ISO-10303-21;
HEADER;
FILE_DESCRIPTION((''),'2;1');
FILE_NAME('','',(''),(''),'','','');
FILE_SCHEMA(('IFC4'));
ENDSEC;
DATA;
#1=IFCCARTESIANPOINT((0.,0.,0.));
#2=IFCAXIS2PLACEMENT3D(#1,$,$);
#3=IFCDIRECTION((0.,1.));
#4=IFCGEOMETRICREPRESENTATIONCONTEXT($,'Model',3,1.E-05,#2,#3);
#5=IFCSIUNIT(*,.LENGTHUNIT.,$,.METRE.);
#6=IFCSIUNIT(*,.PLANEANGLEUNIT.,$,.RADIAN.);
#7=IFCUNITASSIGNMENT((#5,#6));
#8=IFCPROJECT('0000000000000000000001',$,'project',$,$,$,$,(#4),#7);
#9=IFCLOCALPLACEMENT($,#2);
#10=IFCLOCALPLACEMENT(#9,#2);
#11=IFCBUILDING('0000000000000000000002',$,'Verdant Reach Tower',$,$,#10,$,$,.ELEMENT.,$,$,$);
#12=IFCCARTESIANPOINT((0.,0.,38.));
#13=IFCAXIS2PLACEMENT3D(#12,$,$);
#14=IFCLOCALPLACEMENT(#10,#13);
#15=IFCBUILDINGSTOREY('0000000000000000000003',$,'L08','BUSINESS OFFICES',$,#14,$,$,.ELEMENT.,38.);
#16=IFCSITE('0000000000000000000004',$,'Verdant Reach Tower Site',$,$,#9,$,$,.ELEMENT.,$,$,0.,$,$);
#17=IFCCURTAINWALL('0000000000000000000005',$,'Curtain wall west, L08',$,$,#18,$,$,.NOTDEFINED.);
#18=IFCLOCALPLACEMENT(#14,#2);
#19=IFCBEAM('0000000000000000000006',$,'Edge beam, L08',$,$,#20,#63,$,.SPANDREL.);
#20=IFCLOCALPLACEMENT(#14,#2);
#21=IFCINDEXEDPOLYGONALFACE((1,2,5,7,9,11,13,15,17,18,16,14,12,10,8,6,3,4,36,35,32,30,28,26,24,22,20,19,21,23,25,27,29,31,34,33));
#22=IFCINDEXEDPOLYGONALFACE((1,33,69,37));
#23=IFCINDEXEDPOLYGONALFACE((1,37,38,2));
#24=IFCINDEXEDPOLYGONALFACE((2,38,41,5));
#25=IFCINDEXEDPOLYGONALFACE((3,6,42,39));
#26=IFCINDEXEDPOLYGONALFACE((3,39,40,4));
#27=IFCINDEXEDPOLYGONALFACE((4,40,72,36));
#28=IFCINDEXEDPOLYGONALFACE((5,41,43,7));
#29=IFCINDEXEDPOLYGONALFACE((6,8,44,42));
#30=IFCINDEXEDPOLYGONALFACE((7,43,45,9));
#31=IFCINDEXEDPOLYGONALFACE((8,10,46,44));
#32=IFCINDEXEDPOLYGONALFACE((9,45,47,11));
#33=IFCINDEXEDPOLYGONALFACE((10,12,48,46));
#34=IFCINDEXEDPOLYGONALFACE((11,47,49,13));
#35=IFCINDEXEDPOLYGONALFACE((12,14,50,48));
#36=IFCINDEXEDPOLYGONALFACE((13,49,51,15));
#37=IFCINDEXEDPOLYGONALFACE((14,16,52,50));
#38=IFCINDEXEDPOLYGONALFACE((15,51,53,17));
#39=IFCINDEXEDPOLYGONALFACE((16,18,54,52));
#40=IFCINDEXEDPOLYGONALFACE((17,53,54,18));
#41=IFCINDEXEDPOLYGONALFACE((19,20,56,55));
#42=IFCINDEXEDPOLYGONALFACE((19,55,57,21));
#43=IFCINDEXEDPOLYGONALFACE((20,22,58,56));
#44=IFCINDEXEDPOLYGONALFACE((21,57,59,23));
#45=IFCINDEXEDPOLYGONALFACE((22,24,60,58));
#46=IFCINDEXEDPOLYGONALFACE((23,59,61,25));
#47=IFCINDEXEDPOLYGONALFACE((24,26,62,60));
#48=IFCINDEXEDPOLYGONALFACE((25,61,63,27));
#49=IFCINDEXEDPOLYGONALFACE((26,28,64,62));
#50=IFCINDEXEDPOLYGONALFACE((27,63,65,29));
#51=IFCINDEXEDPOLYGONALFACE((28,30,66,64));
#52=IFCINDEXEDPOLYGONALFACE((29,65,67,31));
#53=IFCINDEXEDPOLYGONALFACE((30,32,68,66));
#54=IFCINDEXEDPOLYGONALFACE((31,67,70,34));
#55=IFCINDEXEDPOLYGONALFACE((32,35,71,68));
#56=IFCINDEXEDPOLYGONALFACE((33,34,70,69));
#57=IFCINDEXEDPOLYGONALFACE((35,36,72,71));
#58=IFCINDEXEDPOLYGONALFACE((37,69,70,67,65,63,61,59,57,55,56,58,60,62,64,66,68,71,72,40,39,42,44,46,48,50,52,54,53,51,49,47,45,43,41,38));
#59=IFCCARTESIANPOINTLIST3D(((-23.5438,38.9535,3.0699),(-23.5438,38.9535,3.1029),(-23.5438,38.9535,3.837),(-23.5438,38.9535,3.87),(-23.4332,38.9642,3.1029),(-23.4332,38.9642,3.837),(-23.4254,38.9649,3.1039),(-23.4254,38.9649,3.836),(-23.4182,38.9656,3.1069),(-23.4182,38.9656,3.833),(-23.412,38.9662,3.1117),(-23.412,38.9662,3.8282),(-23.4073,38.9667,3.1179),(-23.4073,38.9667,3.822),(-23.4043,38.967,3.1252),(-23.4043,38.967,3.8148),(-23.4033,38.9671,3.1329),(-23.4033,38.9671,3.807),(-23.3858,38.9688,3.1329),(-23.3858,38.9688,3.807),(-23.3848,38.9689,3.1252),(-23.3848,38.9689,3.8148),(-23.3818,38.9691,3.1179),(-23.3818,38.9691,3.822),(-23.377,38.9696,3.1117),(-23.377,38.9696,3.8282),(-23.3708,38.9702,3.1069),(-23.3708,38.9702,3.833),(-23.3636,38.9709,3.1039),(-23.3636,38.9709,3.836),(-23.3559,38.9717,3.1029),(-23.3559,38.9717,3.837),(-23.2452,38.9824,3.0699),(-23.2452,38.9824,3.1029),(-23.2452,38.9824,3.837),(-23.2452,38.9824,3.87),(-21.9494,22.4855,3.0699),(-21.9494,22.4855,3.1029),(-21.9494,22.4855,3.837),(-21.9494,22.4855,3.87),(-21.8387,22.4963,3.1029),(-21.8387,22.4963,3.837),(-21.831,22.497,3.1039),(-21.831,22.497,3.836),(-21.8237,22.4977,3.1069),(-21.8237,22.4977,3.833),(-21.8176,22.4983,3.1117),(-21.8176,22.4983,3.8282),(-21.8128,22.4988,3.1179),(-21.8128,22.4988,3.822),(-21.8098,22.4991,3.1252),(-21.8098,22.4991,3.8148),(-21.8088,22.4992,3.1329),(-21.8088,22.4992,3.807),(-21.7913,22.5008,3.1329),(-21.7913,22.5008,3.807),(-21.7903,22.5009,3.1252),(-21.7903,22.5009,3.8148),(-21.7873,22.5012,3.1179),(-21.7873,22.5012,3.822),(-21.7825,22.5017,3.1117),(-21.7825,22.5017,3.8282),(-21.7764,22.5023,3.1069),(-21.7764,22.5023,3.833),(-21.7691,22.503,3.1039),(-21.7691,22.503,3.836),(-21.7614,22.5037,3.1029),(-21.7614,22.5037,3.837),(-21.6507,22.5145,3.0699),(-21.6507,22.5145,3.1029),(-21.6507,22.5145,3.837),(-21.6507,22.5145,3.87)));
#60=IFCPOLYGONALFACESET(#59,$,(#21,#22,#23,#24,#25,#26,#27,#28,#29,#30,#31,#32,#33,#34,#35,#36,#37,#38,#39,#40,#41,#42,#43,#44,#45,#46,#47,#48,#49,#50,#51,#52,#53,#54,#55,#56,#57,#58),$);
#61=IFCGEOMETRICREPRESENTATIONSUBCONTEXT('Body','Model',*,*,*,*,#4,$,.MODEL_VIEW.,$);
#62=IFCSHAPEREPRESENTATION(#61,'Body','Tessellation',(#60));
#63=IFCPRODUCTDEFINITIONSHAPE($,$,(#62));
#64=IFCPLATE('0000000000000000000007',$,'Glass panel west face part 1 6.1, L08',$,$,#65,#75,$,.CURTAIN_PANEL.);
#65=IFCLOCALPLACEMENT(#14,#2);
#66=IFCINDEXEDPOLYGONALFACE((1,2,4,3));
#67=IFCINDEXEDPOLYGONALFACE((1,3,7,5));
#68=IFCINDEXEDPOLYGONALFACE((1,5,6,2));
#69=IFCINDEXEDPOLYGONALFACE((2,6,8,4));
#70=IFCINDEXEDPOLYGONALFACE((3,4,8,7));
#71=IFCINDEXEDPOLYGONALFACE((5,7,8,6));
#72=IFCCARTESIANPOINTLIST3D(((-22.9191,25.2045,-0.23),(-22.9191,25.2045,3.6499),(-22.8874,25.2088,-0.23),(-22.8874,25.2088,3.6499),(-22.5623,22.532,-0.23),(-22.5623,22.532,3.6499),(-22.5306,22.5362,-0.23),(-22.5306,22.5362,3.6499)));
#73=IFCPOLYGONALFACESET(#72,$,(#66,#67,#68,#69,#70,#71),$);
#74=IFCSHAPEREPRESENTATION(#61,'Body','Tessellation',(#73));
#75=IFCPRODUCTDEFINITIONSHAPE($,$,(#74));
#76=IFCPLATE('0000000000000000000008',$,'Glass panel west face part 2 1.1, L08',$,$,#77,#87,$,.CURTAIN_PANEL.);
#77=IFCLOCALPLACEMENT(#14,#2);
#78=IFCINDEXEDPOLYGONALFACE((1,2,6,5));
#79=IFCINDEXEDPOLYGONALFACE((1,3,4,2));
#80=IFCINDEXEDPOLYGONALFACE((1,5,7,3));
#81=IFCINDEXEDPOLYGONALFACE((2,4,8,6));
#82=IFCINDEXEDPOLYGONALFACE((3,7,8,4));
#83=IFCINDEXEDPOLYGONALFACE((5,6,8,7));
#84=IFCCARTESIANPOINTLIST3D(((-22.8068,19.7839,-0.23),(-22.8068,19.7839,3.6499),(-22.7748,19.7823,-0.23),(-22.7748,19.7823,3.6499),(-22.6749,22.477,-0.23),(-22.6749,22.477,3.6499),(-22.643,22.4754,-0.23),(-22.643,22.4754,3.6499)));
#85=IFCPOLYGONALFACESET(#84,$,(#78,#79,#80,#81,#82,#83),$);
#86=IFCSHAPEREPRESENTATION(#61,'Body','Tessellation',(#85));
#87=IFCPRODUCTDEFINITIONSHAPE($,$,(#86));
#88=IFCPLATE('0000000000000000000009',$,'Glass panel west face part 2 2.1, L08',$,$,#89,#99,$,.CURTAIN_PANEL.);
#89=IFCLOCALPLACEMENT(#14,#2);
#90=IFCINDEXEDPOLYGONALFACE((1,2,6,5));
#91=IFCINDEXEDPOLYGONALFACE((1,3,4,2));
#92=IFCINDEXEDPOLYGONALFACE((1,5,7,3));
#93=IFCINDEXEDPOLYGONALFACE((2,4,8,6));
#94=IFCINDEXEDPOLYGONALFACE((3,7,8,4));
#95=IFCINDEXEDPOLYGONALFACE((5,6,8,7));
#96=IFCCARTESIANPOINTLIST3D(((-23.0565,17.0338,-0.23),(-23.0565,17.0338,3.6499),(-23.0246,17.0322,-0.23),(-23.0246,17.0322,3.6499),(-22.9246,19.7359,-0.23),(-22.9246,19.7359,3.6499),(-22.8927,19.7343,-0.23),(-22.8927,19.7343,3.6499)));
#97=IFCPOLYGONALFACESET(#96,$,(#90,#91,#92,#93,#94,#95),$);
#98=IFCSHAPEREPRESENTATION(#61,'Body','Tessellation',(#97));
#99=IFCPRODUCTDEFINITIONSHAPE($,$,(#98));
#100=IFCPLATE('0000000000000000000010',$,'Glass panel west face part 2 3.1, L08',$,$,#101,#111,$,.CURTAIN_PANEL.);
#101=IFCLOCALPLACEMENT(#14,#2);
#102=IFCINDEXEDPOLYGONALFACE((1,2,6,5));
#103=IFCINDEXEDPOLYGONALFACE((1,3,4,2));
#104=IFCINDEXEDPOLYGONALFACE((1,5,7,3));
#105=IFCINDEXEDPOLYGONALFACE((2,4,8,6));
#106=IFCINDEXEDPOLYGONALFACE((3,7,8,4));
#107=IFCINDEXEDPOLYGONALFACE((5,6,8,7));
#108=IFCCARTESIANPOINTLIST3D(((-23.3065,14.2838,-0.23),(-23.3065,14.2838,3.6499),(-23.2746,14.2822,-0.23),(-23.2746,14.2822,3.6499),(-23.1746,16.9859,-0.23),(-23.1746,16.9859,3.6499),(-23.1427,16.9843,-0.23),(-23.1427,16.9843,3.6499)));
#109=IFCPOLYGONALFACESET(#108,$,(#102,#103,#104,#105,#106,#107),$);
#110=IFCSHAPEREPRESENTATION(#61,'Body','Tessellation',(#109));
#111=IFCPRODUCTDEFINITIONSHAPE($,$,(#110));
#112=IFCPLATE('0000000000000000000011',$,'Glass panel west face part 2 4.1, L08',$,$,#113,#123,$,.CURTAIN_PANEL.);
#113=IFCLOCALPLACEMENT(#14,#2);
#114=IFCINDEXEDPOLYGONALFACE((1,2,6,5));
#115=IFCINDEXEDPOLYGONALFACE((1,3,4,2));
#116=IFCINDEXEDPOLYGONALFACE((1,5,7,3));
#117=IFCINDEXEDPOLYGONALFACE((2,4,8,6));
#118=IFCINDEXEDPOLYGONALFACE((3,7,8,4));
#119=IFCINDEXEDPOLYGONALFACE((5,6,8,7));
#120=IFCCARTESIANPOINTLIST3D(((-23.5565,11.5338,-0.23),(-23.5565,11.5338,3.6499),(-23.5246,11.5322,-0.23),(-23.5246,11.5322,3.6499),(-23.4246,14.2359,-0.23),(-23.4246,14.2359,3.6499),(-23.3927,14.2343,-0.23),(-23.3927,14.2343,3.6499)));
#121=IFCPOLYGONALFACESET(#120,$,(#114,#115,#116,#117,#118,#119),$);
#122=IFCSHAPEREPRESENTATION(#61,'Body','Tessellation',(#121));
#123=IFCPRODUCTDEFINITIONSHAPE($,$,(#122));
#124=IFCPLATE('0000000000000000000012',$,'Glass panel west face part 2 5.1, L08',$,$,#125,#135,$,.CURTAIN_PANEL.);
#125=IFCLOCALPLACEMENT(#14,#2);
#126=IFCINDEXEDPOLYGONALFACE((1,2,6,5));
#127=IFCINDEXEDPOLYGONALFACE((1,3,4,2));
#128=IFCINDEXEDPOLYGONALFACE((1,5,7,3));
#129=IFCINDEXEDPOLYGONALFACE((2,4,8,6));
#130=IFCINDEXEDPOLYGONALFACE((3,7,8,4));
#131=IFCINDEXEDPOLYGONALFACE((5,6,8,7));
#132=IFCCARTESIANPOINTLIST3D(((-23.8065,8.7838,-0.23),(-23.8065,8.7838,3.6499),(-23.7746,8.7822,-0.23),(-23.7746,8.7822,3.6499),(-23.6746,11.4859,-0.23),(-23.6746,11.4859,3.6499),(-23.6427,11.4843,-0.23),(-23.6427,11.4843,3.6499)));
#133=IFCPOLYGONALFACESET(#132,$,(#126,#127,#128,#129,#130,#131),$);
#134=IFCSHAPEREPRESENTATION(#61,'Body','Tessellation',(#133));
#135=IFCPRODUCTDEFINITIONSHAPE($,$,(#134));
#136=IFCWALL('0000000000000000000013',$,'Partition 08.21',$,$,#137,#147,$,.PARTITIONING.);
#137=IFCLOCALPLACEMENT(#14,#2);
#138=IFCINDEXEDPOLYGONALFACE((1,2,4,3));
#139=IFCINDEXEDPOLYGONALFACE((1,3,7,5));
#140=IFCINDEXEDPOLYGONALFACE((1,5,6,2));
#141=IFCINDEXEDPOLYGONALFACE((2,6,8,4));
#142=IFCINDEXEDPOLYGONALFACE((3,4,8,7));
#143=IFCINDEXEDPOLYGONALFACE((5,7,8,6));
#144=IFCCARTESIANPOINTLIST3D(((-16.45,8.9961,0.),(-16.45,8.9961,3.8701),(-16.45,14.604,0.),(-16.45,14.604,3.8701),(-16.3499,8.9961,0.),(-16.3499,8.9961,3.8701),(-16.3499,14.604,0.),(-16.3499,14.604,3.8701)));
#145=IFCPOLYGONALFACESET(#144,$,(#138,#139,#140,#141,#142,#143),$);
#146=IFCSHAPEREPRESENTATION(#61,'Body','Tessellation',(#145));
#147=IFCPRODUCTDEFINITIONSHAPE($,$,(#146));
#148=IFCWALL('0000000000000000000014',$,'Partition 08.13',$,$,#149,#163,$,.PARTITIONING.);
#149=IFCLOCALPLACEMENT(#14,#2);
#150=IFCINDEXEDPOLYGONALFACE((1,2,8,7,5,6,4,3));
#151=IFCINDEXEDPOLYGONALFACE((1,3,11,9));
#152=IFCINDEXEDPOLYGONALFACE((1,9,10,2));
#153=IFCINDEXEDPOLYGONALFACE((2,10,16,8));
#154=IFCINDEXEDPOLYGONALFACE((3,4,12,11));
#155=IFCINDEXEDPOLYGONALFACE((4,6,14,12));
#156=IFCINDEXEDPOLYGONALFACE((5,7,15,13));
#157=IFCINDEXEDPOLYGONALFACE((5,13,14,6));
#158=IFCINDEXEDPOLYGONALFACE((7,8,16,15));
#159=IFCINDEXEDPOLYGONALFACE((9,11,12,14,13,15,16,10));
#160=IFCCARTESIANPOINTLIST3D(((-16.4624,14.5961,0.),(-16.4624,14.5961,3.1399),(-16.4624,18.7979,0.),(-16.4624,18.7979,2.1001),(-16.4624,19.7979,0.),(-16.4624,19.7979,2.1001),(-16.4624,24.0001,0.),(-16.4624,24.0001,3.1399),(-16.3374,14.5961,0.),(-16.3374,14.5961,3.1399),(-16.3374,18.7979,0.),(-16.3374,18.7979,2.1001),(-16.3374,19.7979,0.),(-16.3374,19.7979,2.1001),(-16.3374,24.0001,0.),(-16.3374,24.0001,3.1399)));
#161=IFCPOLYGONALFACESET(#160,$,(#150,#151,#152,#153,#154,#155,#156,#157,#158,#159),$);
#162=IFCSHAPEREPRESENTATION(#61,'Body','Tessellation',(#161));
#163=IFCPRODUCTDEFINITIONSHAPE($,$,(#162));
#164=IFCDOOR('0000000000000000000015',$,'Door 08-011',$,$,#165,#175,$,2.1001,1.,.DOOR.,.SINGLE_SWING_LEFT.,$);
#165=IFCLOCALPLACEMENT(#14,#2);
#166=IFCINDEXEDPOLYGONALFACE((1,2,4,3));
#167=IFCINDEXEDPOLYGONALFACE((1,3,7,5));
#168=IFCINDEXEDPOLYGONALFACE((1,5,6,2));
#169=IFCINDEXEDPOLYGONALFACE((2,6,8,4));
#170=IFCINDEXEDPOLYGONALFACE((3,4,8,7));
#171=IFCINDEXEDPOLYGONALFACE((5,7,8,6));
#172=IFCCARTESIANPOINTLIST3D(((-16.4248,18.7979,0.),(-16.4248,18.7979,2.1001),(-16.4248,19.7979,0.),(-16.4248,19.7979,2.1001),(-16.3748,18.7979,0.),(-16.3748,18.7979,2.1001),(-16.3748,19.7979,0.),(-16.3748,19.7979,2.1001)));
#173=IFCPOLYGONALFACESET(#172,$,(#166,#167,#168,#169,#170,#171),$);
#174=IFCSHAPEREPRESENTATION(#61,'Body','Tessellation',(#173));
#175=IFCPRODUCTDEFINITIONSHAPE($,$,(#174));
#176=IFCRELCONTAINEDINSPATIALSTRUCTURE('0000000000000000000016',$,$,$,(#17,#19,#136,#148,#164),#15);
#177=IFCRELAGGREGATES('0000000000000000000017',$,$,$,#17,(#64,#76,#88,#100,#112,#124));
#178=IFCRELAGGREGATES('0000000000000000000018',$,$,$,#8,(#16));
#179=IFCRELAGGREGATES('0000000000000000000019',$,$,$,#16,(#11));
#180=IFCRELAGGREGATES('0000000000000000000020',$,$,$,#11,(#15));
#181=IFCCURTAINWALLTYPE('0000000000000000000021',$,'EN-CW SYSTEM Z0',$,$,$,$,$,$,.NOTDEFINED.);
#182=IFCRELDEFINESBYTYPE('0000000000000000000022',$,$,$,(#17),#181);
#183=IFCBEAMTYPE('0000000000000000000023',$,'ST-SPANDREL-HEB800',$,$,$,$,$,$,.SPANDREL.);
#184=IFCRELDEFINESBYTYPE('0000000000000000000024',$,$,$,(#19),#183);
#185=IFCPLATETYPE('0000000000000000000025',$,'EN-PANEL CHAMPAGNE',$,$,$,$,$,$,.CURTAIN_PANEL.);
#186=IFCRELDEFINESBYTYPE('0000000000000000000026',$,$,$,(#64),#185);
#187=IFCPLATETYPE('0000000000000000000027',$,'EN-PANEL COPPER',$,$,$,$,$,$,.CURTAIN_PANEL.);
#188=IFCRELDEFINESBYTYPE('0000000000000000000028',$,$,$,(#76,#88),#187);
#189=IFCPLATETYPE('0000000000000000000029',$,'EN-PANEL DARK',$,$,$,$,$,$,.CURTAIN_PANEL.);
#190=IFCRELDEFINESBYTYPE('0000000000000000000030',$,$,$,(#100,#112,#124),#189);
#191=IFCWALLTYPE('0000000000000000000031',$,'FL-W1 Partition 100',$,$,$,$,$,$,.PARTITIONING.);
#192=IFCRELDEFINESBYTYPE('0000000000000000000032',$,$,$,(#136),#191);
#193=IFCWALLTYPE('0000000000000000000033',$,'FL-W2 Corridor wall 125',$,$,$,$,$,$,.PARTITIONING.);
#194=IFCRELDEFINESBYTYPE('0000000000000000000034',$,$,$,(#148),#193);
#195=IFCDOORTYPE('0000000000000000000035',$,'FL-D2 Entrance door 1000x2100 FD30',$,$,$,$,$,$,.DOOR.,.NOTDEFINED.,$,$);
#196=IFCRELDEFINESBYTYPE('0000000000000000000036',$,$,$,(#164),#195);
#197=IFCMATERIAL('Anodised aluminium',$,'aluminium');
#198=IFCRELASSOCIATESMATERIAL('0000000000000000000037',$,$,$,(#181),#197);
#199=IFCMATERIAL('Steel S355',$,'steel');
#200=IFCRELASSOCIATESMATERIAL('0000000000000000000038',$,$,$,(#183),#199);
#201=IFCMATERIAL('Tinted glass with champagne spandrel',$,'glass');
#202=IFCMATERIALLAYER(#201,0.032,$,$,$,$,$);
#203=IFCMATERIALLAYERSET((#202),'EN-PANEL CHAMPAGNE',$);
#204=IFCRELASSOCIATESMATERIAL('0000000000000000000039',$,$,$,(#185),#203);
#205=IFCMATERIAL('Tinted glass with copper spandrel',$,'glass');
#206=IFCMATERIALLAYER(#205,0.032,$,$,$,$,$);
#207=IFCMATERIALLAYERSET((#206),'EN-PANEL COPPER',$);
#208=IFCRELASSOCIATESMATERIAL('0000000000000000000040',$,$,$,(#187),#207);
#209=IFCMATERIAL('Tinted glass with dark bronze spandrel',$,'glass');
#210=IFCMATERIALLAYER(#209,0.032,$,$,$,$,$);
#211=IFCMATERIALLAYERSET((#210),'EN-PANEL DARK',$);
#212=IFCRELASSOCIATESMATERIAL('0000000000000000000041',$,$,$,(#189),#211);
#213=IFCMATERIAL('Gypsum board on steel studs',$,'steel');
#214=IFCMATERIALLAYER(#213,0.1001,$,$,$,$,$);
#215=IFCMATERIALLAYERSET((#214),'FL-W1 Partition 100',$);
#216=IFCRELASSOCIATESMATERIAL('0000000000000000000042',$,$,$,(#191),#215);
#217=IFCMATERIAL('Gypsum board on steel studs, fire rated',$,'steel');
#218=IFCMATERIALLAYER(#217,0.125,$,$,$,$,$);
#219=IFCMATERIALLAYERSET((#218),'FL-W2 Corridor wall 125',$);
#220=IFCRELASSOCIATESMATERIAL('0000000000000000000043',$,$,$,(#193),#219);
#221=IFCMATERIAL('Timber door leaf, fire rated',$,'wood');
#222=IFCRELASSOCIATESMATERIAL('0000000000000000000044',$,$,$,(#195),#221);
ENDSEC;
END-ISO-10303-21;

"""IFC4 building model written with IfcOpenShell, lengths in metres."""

from ifc_helpers import new_model, si_unit, direction, frame, frame_2d, origin, origin_2d, place, context, subcontext, project, spatial, rectangle, i_section, extrude, material, layer, layer_set, material_profile, profile_set, type_object, element, fill, aggregate, save


model = new_model("IFC4")

# Units and contexts
model_context = context("Model", 3, precision=1e-05, world=origin(), true_north=direction((0.0, 1.0)))
body_context = subcontext(model_context, "Body", "Model", "MODEL_VIEW")
ifc_project = project(units=[si_unit("LENGTHUNIT", "METRE"), si_unit("PLANEANGLEUNIT", "RADIAN")], contexts=[model_context])

# Site, building, storey
site_placement = place(None, origin())
site = spatial("IfcSite", under=ifc_project, at=site_placement, Name="Verdant Reach Tower Site", CompositionType="ELEMENT", RefElevation=0.0)
building_placement = place(site_placement, origin())
building = spatial("IfcBuilding", under=site, at=building_placement, Name="Verdant Reach Tower", CompositionType="ELEMENT")
storey_placement = place(building_placement, frame((0.0, 0.0, 38.0)))
storey = spatial("IfcBuildingStorey", under=building, at=storey_placement, Name="L08", Description="BUSINESS OFFICES", CompositionType="ELEMENT", Elevation=38.0)

# Curtain wall
ifc_material_1 = material(Name="Anodised aluminium", Category="aluminium")
curtain_wall_type = type_object("IfcCurtainWallType", Name="EN-CW SYSTEM Z0", PredefinedType="NOTDEFINED", material=ifc_material_1)
curtain_wall_placement = place(storey_placement, origin())
curtain_wall = element("IfcCurtainWall", 1, at=curtain_wall_placement, inside=storey, type_object=curtain_wall_type, Name="Curtain wall west, L08", PredefinedType="NOTDEFINED")

# Beam
ifc_material_2 = material(Name="Steel S355", Category="steel")
ifc_material_profile_1 = material_profile(ifc_material_2, i_section(OverallWidth=0.3, OverallDepth=0.8, WebThickness=0.0176, FlangeThickness=0.033, FilletRadius=0.03, at=origin_2d()), Name="HEB 800")
ifc_profile_set_1 = profile_set([ifc_material_profile_1], Name="Steel S355")
beam_type_1 = type_object("IfcBeamType", Name="ST-SPANDREL-HEB800", PredefinedType="SPANDREL", material=ifc_profile_set_1)
beam_1_placement = place(storey_placement, frame((-21.8, 22.5, 3.47), z_axis=(-0.096372, 0.995345, 0.0), x_axis=(-0.995345, -0.096372, 0.0)))
element("IfcBeam", 2, at=beam_1_placement, inside=storey, type_object=beam_type_1, Name="Edge beam, L08", PredefinedType="SPANDREL", context=body_context, shape_type="SweptSolid", body=[
    extrude(i_section(OverallWidth=0.3, OverallDepth=0.8, WebThickness=0.0176, FlangeThickness=0.033, FilletRadius=0.03, at=origin_2d()), origin(), (0.0, 0.0, 1.0), 16.5449),
])

# Plates
ifc_material_3 = material(Name="Tinted glass with champagne spandrel", Category="glass")
ifc_layer_1 = layer(ifc_material_3, 0.032)
ifc_layer_set_1 = layer_set([ifc_layer_1], Name="EN-PANEL CHAMPAGNE")
plate_type_1 = type_object("IfcPlateType", Name="EN-PANEL CHAMPAGNE", PredefinedType="CURTAIN_PANEL", material=ifc_layer_set_1)
plate_1_placement = place(storey_placement, frame((-22.7249, 23.8704, -0.23), z_axis=(0.0, 0.0, 1.0), x_axis=(0.132308, -0.991209, 0.0)))
plate_1 = element("IfcPlate", 3, at=plate_1_placement, type_object=plate_type_1, Name="Glass panel west face part 1 6.1, L08", PredefinedType="CURTAIN_PANEL", context=body_context, shape_type="SweptSolid", body=[
    extrude(rectangle(XDim=2.6963, YDim=0.032, at=origin_2d()), origin(), (0.0, 0.0, 1.0), 3.8799),
])
ifc_material_4 = material(Name="Tinted glass with copper spandrel", Category="glass")
ifc_layer_2 = layer(ifc_material_4, 0.032)
ifc_layer_set_2 = layer_set([ifc_layer_2], Name="EN-PANEL COPPER")
plate_type_2 = type_object("IfcPlateType", Name="EN-PANEL COPPER", PredefinedType="CURTAIN_PANEL", material=ifc_layer_set_2)
plate_2_placement = place(storey_placement, frame((-22.7249, 21.1296, -0.23), z_axis=(0.0, 0.0, 1.0), x_axis=(-0.048902, -0.998804, 0.0)))
plate_2 = element("IfcPlate", 4, at=plate_2_placement, type_object=plate_type_2, Name="Glass panel west face part 2 1.1, L08", PredefinedType="CURTAIN_PANEL", context=body_context, shape_type="SweptSolid", body=[
    extrude(rectangle(XDim=2.6963, YDim=0.032, at=origin_2d()), origin(), (0.0, 0.0, 1.0), 3.8799),
])
plate_3_placement = place(storey_placement, frame((-22.9746, 18.384, -0.23), z_axis=(0.0, 0.0, 1.0), x_axis=(-0.048753, -0.998811, 0.0)))
plate_3 = element("IfcPlate", 5, at=plate_3_placement, type_object=plate_type_2, Name="Glass panel west face part 2 2.1, L08", PredefinedType="CURTAIN_PANEL", context=body_context, shape_type="SweptSolid", body=[
    extrude(rectangle(XDim=2.7053, YDim=0.032, at=origin_2d()), origin(), (0.0, 0.0, 1.0), 3.8799),
])
ifc_material_5 = material(Name="Tinted glass with dark bronze spandrel", Category="glass")
ifc_layer_3 = layer(ifc_material_5, 0.032)
ifc_layer_set_3 = layer_set([ifc_layer_3], Name="EN-PANEL DARK")
plate_type_3 = type_object("IfcPlateType", Name="EN-PANEL DARK", PredefinedType="CURTAIN_PANEL", material=ifc_layer_set_3)
plate_4_placement = place(storey_placement, frame((-23.2246, 15.634, -0.23), z_axis=(0.0, 0.0, 1.0), x_axis=(-0.048753, -0.998811, 0.0)))
plate_4 = element("IfcPlate", 6, at=plate_4_placement, type_object=plate_type_3, Name="Glass panel west face part 2 3.1, L08", PredefinedType="CURTAIN_PANEL", context=body_context, shape_type="SweptSolid", body=[
    extrude(rectangle(XDim=2.7053, YDim=0.032, at=origin_2d()), origin(), (0.0, 0.0, 1.0), 3.8799),
])
plate_5_placement = place(storey_placement, frame((-23.4746, 12.884, -0.23), z_axis=(0.0, 0.0, 1.0), x_axis=(-0.048753, -0.998811, 0.0)))
plate_5 = element("IfcPlate", 7, at=plate_5_placement, type_object=plate_type_3, Name="Glass panel west face part 2 4.1, L08", PredefinedType="CURTAIN_PANEL", context=body_context, shape_type="SweptSolid", body=[
    extrude(rectangle(XDim=2.7053, YDim=0.032, at=origin_2d()), origin(), (0.0, 0.0, 1.0), 3.8799),
])
plate_6_placement = place(storey_placement, frame((-23.7246, 10.134, -0.23), z_axis=(0.0, 0.0, 1.0), x_axis=(-0.048753, -0.998811, 0.0)))
plate_6 = element("IfcPlate", 8, at=plate_6_placement, type_object=plate_type_3, Name="Glass panel west face part 2 5.1, L08", PredefinedType="CURTAIN_PANEL", context=body_context, shape_type="SweptSolid", body=[
    extrude(rectangle(XDim=2.7053, YDim=0.032, at=origin_2d()), origin(), (0.0, 0.0, 1.0), 3.8799),
])
aggregate(curtain_wall, [plate_1, plate_2, plate_3, plate_4, plate_5, plate_6])

# Wall
ifc_material_6 = material(Name="Gypsum board on steel studs", Category="steel")
ifc_layer_4 = layer(ifc_material_6, 0.1001)
ifc_layer_set_4 = layer_set([ifc_layer_4], Name="FL-W1 Partition 100")
wall_type_1 = type_object("IfcWallType", Name="FL-W1 Partition 100", PredefinedType="PARTITIONING", material=ifc_layer_set_4)
wall_1_placement = place(storey_placement, frame((-16.3999, 14.604, 0.0), z_axis=(0.0, 0.0, 1.0), x_axis=(0.0, -1.0, 0.0)))
element("IfcWall", 9, at=wall_1_placement, inside=storey, type_object=wall_type_1, Name="Partition 08.21", PredefinedType="PARTITIONING", context=body_context, shape_type="SweptSolid", body=[
    extrude(rectangle(XDim=5.6079, YDim=0.1001, at=frame_2d((2.804, 0.0))), origin(), (0.0, 0.0, 1.0), 3.8701),
])

# Wall, opening, door
ifc_material_7 = material(Name="Gypsum board on steel studs, fire rated", Category="steel")
ifc_layer_5 = layer(ifc_material_7, 0.125)
ifc_layer_set_5 = layer_set([ifc_layer_5], Name="FL-W2 Corridor wall 125")
wall_type_2 = type_object("IfcWallType", Name="FL-W2 Corridor wall 125", PredefinedType="PARTITIONING", material=ifc_layer_set_5)
wall_2_placement = place(storey_placement, frame((-16.3999, 14.5959, 0.0), z_axis=(0.0, 0.0, 1.0), x_axis=(0.0, 1.0, 0.0)))
wall_2 = element("IfcWall", 10, at=wall_2_placement, inside=storey, type_object=wall_type_2, Name="Partition 08.13", PredefinedType="PARTITIONING", context=body_context, shape_type="SweptSolid", body=[
    extrude(rectangle(XDim=9.4041, YDim=0.125, at=frame_2d((4.7021, 0.0))), origin(), (0.0, 0.0, 1.0), 3.1399),
])
opening_1_placement = place(wall_2_placement, frame((4.2019, 0.0, 0.0)))
opening_1 = element("IfcOpeningElement", 11, at=opening_1_placement, cuts=wall_2, PredefinedType="OPENING", context=body_context, shape_type="SweptSolid", body=[
    extrude(rectangle(XDim=1.0, YDim=2.1001, at=frame_2d((0.5, 1.05))), frame((0.0, 0.0725, 0.0), z_axis=(0.0, -1.0, 0.0), x_axis=(1.0, 0.0, 0.0)), (0.0, 0.0, 1.0), 0.145),
])
ifc_material_8 = material(Name="Timber door leaf, fire rated", Category="wood")
door_type = type_object("IfcDoorType", Name="FL-D2 Entrance door 1000x2100 FD30", OperationType="NOTDEFINED", PredefinedType="DOOR", material=ifc_material_8)
door_1_placement = place(opening_1_placement, origin())
door_1 = element("IfcDoor", 12, at=door_1_placement, inside=storey, type_object=door_type, Name="Door 08-011", OperationType="SINGLE_SWING_LEFT", OverallHeight=2.1001, OverallWidth=1.0, PredefinedType="DOOR", context=body_context, shape_type="SweptSolid", body=[
    extrude(rectangle(XDim=1.0, YDim=2.1001, at=frame_2d((0.5, 1.05))), frame((0.0, 0.0249, 0.0), z_axis=(0.0, -1.0, 0.0), x_axis=(1.0, 0.0, 0.0)), (0.0, 0.0, 1.0), 0.05),
])
fill(opening_1, door_1)

save(model, "model.ifc")
